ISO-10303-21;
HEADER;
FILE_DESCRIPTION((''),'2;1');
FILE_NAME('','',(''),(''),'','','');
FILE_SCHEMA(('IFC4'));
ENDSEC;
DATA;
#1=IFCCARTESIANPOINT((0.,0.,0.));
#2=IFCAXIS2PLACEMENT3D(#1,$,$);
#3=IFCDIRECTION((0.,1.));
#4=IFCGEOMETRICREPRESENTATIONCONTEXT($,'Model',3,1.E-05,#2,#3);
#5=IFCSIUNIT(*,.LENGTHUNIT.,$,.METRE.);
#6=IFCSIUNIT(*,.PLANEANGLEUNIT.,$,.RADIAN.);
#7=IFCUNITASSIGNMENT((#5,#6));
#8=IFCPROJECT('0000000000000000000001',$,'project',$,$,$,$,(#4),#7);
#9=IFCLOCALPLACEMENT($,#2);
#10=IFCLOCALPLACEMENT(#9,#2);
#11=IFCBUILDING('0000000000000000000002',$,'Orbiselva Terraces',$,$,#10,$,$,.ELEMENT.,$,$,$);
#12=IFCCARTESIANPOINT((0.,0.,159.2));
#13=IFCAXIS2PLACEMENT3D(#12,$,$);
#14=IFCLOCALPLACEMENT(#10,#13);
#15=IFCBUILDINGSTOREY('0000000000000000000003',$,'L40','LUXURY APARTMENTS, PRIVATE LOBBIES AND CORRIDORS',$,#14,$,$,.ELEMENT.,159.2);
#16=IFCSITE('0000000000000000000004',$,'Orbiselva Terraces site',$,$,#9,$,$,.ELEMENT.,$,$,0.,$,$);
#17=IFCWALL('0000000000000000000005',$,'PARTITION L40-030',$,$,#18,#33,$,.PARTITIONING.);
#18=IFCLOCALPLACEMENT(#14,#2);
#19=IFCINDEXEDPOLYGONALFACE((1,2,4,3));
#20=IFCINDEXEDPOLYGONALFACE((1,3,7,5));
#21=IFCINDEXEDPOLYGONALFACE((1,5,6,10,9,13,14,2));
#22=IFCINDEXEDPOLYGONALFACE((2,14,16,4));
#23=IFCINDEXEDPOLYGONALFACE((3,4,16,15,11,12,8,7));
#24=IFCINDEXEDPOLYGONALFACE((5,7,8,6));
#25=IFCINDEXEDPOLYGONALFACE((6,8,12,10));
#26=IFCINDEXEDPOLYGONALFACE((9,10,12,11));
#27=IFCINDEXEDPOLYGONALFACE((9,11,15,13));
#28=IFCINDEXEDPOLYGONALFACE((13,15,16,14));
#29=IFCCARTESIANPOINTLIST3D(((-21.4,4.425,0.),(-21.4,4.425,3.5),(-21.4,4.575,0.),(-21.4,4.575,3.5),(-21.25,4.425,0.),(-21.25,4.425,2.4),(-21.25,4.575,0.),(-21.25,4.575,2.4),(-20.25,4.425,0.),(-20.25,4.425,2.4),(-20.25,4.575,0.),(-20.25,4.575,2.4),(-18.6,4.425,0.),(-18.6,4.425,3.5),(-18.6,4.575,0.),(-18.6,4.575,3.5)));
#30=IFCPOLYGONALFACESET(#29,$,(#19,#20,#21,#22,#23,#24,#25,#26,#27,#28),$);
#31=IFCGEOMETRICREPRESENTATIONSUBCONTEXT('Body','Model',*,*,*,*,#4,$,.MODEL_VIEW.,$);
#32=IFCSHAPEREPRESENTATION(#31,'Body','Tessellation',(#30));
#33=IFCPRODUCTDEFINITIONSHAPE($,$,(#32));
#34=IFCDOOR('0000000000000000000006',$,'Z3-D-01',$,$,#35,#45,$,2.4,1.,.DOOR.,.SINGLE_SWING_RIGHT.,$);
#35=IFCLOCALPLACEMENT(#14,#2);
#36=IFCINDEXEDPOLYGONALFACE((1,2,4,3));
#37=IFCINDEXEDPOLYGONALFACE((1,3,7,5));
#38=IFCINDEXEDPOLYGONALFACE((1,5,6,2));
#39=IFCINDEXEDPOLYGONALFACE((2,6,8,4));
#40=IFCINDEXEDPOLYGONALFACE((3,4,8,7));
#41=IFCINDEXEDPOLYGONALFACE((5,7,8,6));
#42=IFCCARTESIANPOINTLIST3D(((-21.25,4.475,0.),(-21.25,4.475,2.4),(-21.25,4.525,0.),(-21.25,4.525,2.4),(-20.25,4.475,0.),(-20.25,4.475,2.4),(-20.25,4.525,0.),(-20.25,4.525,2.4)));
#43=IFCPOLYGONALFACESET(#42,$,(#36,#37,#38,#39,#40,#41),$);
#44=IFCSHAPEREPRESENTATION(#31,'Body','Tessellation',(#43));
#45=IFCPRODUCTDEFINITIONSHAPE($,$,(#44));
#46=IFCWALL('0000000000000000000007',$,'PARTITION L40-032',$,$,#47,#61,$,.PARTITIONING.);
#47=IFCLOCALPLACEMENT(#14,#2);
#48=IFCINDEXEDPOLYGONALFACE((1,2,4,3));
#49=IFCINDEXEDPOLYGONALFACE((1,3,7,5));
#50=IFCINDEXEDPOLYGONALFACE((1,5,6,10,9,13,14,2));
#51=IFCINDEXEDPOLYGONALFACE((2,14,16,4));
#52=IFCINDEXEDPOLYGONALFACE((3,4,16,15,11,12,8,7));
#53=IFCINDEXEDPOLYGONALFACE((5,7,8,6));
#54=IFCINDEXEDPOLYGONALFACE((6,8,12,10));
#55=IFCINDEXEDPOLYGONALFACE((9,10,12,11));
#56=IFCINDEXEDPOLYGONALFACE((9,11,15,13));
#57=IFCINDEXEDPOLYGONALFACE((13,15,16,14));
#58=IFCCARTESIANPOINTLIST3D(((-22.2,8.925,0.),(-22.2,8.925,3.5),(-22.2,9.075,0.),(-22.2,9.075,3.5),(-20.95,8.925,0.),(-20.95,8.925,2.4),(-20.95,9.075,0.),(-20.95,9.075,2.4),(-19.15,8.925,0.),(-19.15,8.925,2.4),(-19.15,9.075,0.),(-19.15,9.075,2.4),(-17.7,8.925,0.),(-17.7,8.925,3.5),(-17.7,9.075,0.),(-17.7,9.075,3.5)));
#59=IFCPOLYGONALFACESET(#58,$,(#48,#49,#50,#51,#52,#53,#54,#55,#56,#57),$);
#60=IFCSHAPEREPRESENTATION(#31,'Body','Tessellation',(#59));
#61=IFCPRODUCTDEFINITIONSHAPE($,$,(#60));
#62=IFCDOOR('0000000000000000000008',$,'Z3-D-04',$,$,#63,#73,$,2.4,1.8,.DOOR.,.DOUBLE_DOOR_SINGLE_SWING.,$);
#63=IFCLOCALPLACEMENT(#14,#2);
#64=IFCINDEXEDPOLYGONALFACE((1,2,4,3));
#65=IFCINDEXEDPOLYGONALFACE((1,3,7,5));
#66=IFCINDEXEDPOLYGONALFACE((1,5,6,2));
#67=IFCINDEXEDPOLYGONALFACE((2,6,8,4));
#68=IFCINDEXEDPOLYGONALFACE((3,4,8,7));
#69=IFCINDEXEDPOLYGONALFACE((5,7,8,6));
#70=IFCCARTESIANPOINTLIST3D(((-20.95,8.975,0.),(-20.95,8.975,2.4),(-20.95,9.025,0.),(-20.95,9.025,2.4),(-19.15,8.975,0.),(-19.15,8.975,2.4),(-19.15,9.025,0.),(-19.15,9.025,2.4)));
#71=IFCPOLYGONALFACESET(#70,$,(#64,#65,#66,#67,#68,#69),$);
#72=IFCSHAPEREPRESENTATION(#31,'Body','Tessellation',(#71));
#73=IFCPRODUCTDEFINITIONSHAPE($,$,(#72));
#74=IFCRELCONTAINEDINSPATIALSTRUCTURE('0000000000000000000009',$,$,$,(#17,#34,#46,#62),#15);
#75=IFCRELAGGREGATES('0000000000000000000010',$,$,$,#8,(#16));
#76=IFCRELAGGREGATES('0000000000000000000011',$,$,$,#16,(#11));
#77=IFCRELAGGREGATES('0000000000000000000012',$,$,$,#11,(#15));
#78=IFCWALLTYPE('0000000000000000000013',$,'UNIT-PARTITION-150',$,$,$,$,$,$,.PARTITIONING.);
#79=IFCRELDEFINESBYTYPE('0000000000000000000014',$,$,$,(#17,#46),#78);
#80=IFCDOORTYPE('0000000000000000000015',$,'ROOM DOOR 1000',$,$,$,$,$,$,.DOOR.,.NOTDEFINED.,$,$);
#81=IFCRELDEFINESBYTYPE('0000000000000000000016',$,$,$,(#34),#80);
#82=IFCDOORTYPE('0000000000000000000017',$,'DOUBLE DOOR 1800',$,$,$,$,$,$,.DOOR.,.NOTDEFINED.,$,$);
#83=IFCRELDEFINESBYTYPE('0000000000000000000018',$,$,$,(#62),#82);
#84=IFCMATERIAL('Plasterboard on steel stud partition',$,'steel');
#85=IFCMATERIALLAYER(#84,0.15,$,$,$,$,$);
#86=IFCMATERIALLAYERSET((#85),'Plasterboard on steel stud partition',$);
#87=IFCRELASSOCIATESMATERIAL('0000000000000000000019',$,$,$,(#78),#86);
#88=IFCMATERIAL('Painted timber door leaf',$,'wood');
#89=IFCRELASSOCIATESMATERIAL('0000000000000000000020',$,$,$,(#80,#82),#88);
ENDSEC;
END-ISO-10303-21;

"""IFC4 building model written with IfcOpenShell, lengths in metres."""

from ifc_helpers import new_model, si_unit, direction, frame, frame_2d, origin, place, context, subcontext, project, spatial, rectangle, extrude, material, layer, layer_set, type_object, element, fill, save


model = new_model("IFC4")

# Units and contexts
model_context = context("Model", 3, precision=1e-05, world=origin(), true_north=direction((0.0, 1.0)))
body_context = subcontext(model_context, "Body", "Model", "MODEL_VIEW")
ifc_project = project(units=[si_unit("LENGTHUNIT", "METRE"), si_unit("PLANEANGLEUNIT", "RADIAN")], contexts=[model_context])

# Site, building, storey
site_placement = place(None, origin())
site = spatial("IfcSite", under=ifc_project, at=site_placement, Name="Orbiselva Terraces site", CompositionType="ELEMENT", RefElevation=0.0)
building_placement = place(site_placement, origin())
building = spatial("IfcBuilding", under=site, at=building_placement, Name="Orbiselva Terraces", CompositionType="ELEMENT")
storey_placement = place(building_placement, frame((0.0, 0.0, 159.2)))
storey = spatial("IfcBuildingStorey", under=building, at=storey_placement, Name="L40", Description="LUXURY APARTMENTS, PRIVATE LOBBIES AND CORRIDORS", CompositionType="ELEMENT", Elevation=159.2)

# Shared definitions
ifc_material_1 = material(Name="Plasterboard on steel stud partition", Category="steel")
ifc_material_2 = material(Name="Painted timber door leaf", Category="wood")

# Walls, openings, doors
ifc_layer_1 = layer(ifc_material_1, 0.15)
ifc_layer_set_1 = layer_set([ifc_layer_1], Name="Plasterboard on steel stud partition")
wall_type_1 = type_object("IfcWallType", Name="UNIT-PARTITION-150", PredefinedType="PARTITIONING", material=ifc_layer_set_1)
wall_1_placement = place(storey_placement, frame((-18.6, 4.5, 0.0), z_axis=(0.0, 0.0, 1.0), x_axis=(-1.0, 0.0, 0.0)))
wall_1 = element("IfcWall", 1, at=wall_1_placement, inside=storey, type_object=wall_type_1, Name="PARTITION L40-030", PredefinedType="PARTITIONING", context=body_context, shape_type="SweptSolid", body=[
    extrude(rectangle(XDim=2.8, YDim=0.15, at=frame_2d((1.4, 0.0))), origin(), (0.0, 0.0, 1.0), 3.5),
])
opening_1_placement = place(wall_1_placement, frame((1.65, 0.0, 0.0)))
opening_1 = element("IfcOpeningElement", 2, at=opening_1_placement, cuts=wall_1, PredefinedType="OPENING", context=body_context, shape_type="SweptSolid", body=[
    extrude(rectangle(XDim=1.0, YDim=2.4, at=frame_2d((0.5, 1.2))), frame((0.0, 0.085, 0.0), z_axis=(0.0, -1.0, 0.0), x_axis=(1.0, 0.0, 0.0)), (0.0, 0.0, 1.0), 0.17),
])
door_type_1 = type_object("IfcDoorType", Name="ROOM DOOR 1000", OperationType="NOTDEFINED", PredefinedType="DOOR", material=ifc_material_2)
door_1_placement = place(opening_1_placement, origin())
door_1 = element("IfcDoor", 3, at=door_1_placement, inside=storey, type_object=door_type_1, Name="Z3-D-01", OperationType="SINGLE_SWING_RIGHT", OverallHeight=2.4, OverallWidth=1.0, PredefinedType="DOOR", context=body_context, shape_type="SweptSolid", body=[
    extrude(rectangle(XDim=1.0, YDim=2.4, at=frame_2d((0.5, 1.2))), frame((0.0, 0.025, 0.0), z_axis=(0.0, -1.0, 0.0), x_axis=(1.0, 0.0, 0.0)), (0.0, 0.0, 1.0), 0.05),
])
fill(opening_1, door_1)
wall_2_placement = place(storey_placement, frame((-22.2, 9.0, 0.0), z_axis=(0.0, 0.0, 1.0), x_axis=(1.0, 0.0, 0.0)))
wall_2 = element("IfcWall", 4, at=wall_2_placement, inside=storey, type_object=wall_type_1, Name="PARTITION L40-032", PredefinedType="PARTITIONING", context=body_context, shape_type="SweptSolid", body=[
    extrude(rectangle(XDim=4.5, YDim=0.15, at=frame_2d((2.25, 0.0))), origin(), (0.0, 0.0, 1.0), 3.5),
])
opening_2_placement = place(wall_2_placement, frame((1.25, 0.0, 0.0)))
opening_2 = element("IfcOpeningElement", 5, at=opening_2_placement, cuts=wall_2, PredefinedType="OPENING", context=body_context, shape_type="SweptSolid", body=[
    extrude(rectangle(XDim=1.8, YDim=2.4, at=frame_2d((0.9, 1.2))), frame((0.0, 0.085, 0.0), z_axis=(0.0, -1.0, 0.0), x_axis=(1.0, 0.0, 0.0)), (0.0, 0.0, 1.0), 0.17),
])
door_type_2 = type_object("IfcDoorType", Name="DOUBLE DOOR 1800", OperationType="NOTDEFINED", PredefinedType="DOOR", material=ifc_material_2)
door_2_placement = place(opening_2_placement, origin())
door_2 = element("IfcDoor", 6, at=door_2_placement, inside=storey, type_object=door_type_2, Name="Z3-D-04", OperationType="DOUBLE_DOOR_SINGLE_SWING", OverallHeight=2.4, OverallWidth=1.8, PredefinedType="DOOR", context=body_context, shape_type="SweptSolid", body=[
    extrude(rectangle(XDim=1.8, YDim=2.4, at=frame_2d((0.9, 1.2))), frame((0.0, 0.025, 0.0), z_axis=(0.0, -1.0, 0.0), x_axis=(1.0, 0.0, 0.0)), (0.0, 0.0, 1.0), 0.05),
])
fill(opening_2, door_2)

save(model, "model.ifc")
